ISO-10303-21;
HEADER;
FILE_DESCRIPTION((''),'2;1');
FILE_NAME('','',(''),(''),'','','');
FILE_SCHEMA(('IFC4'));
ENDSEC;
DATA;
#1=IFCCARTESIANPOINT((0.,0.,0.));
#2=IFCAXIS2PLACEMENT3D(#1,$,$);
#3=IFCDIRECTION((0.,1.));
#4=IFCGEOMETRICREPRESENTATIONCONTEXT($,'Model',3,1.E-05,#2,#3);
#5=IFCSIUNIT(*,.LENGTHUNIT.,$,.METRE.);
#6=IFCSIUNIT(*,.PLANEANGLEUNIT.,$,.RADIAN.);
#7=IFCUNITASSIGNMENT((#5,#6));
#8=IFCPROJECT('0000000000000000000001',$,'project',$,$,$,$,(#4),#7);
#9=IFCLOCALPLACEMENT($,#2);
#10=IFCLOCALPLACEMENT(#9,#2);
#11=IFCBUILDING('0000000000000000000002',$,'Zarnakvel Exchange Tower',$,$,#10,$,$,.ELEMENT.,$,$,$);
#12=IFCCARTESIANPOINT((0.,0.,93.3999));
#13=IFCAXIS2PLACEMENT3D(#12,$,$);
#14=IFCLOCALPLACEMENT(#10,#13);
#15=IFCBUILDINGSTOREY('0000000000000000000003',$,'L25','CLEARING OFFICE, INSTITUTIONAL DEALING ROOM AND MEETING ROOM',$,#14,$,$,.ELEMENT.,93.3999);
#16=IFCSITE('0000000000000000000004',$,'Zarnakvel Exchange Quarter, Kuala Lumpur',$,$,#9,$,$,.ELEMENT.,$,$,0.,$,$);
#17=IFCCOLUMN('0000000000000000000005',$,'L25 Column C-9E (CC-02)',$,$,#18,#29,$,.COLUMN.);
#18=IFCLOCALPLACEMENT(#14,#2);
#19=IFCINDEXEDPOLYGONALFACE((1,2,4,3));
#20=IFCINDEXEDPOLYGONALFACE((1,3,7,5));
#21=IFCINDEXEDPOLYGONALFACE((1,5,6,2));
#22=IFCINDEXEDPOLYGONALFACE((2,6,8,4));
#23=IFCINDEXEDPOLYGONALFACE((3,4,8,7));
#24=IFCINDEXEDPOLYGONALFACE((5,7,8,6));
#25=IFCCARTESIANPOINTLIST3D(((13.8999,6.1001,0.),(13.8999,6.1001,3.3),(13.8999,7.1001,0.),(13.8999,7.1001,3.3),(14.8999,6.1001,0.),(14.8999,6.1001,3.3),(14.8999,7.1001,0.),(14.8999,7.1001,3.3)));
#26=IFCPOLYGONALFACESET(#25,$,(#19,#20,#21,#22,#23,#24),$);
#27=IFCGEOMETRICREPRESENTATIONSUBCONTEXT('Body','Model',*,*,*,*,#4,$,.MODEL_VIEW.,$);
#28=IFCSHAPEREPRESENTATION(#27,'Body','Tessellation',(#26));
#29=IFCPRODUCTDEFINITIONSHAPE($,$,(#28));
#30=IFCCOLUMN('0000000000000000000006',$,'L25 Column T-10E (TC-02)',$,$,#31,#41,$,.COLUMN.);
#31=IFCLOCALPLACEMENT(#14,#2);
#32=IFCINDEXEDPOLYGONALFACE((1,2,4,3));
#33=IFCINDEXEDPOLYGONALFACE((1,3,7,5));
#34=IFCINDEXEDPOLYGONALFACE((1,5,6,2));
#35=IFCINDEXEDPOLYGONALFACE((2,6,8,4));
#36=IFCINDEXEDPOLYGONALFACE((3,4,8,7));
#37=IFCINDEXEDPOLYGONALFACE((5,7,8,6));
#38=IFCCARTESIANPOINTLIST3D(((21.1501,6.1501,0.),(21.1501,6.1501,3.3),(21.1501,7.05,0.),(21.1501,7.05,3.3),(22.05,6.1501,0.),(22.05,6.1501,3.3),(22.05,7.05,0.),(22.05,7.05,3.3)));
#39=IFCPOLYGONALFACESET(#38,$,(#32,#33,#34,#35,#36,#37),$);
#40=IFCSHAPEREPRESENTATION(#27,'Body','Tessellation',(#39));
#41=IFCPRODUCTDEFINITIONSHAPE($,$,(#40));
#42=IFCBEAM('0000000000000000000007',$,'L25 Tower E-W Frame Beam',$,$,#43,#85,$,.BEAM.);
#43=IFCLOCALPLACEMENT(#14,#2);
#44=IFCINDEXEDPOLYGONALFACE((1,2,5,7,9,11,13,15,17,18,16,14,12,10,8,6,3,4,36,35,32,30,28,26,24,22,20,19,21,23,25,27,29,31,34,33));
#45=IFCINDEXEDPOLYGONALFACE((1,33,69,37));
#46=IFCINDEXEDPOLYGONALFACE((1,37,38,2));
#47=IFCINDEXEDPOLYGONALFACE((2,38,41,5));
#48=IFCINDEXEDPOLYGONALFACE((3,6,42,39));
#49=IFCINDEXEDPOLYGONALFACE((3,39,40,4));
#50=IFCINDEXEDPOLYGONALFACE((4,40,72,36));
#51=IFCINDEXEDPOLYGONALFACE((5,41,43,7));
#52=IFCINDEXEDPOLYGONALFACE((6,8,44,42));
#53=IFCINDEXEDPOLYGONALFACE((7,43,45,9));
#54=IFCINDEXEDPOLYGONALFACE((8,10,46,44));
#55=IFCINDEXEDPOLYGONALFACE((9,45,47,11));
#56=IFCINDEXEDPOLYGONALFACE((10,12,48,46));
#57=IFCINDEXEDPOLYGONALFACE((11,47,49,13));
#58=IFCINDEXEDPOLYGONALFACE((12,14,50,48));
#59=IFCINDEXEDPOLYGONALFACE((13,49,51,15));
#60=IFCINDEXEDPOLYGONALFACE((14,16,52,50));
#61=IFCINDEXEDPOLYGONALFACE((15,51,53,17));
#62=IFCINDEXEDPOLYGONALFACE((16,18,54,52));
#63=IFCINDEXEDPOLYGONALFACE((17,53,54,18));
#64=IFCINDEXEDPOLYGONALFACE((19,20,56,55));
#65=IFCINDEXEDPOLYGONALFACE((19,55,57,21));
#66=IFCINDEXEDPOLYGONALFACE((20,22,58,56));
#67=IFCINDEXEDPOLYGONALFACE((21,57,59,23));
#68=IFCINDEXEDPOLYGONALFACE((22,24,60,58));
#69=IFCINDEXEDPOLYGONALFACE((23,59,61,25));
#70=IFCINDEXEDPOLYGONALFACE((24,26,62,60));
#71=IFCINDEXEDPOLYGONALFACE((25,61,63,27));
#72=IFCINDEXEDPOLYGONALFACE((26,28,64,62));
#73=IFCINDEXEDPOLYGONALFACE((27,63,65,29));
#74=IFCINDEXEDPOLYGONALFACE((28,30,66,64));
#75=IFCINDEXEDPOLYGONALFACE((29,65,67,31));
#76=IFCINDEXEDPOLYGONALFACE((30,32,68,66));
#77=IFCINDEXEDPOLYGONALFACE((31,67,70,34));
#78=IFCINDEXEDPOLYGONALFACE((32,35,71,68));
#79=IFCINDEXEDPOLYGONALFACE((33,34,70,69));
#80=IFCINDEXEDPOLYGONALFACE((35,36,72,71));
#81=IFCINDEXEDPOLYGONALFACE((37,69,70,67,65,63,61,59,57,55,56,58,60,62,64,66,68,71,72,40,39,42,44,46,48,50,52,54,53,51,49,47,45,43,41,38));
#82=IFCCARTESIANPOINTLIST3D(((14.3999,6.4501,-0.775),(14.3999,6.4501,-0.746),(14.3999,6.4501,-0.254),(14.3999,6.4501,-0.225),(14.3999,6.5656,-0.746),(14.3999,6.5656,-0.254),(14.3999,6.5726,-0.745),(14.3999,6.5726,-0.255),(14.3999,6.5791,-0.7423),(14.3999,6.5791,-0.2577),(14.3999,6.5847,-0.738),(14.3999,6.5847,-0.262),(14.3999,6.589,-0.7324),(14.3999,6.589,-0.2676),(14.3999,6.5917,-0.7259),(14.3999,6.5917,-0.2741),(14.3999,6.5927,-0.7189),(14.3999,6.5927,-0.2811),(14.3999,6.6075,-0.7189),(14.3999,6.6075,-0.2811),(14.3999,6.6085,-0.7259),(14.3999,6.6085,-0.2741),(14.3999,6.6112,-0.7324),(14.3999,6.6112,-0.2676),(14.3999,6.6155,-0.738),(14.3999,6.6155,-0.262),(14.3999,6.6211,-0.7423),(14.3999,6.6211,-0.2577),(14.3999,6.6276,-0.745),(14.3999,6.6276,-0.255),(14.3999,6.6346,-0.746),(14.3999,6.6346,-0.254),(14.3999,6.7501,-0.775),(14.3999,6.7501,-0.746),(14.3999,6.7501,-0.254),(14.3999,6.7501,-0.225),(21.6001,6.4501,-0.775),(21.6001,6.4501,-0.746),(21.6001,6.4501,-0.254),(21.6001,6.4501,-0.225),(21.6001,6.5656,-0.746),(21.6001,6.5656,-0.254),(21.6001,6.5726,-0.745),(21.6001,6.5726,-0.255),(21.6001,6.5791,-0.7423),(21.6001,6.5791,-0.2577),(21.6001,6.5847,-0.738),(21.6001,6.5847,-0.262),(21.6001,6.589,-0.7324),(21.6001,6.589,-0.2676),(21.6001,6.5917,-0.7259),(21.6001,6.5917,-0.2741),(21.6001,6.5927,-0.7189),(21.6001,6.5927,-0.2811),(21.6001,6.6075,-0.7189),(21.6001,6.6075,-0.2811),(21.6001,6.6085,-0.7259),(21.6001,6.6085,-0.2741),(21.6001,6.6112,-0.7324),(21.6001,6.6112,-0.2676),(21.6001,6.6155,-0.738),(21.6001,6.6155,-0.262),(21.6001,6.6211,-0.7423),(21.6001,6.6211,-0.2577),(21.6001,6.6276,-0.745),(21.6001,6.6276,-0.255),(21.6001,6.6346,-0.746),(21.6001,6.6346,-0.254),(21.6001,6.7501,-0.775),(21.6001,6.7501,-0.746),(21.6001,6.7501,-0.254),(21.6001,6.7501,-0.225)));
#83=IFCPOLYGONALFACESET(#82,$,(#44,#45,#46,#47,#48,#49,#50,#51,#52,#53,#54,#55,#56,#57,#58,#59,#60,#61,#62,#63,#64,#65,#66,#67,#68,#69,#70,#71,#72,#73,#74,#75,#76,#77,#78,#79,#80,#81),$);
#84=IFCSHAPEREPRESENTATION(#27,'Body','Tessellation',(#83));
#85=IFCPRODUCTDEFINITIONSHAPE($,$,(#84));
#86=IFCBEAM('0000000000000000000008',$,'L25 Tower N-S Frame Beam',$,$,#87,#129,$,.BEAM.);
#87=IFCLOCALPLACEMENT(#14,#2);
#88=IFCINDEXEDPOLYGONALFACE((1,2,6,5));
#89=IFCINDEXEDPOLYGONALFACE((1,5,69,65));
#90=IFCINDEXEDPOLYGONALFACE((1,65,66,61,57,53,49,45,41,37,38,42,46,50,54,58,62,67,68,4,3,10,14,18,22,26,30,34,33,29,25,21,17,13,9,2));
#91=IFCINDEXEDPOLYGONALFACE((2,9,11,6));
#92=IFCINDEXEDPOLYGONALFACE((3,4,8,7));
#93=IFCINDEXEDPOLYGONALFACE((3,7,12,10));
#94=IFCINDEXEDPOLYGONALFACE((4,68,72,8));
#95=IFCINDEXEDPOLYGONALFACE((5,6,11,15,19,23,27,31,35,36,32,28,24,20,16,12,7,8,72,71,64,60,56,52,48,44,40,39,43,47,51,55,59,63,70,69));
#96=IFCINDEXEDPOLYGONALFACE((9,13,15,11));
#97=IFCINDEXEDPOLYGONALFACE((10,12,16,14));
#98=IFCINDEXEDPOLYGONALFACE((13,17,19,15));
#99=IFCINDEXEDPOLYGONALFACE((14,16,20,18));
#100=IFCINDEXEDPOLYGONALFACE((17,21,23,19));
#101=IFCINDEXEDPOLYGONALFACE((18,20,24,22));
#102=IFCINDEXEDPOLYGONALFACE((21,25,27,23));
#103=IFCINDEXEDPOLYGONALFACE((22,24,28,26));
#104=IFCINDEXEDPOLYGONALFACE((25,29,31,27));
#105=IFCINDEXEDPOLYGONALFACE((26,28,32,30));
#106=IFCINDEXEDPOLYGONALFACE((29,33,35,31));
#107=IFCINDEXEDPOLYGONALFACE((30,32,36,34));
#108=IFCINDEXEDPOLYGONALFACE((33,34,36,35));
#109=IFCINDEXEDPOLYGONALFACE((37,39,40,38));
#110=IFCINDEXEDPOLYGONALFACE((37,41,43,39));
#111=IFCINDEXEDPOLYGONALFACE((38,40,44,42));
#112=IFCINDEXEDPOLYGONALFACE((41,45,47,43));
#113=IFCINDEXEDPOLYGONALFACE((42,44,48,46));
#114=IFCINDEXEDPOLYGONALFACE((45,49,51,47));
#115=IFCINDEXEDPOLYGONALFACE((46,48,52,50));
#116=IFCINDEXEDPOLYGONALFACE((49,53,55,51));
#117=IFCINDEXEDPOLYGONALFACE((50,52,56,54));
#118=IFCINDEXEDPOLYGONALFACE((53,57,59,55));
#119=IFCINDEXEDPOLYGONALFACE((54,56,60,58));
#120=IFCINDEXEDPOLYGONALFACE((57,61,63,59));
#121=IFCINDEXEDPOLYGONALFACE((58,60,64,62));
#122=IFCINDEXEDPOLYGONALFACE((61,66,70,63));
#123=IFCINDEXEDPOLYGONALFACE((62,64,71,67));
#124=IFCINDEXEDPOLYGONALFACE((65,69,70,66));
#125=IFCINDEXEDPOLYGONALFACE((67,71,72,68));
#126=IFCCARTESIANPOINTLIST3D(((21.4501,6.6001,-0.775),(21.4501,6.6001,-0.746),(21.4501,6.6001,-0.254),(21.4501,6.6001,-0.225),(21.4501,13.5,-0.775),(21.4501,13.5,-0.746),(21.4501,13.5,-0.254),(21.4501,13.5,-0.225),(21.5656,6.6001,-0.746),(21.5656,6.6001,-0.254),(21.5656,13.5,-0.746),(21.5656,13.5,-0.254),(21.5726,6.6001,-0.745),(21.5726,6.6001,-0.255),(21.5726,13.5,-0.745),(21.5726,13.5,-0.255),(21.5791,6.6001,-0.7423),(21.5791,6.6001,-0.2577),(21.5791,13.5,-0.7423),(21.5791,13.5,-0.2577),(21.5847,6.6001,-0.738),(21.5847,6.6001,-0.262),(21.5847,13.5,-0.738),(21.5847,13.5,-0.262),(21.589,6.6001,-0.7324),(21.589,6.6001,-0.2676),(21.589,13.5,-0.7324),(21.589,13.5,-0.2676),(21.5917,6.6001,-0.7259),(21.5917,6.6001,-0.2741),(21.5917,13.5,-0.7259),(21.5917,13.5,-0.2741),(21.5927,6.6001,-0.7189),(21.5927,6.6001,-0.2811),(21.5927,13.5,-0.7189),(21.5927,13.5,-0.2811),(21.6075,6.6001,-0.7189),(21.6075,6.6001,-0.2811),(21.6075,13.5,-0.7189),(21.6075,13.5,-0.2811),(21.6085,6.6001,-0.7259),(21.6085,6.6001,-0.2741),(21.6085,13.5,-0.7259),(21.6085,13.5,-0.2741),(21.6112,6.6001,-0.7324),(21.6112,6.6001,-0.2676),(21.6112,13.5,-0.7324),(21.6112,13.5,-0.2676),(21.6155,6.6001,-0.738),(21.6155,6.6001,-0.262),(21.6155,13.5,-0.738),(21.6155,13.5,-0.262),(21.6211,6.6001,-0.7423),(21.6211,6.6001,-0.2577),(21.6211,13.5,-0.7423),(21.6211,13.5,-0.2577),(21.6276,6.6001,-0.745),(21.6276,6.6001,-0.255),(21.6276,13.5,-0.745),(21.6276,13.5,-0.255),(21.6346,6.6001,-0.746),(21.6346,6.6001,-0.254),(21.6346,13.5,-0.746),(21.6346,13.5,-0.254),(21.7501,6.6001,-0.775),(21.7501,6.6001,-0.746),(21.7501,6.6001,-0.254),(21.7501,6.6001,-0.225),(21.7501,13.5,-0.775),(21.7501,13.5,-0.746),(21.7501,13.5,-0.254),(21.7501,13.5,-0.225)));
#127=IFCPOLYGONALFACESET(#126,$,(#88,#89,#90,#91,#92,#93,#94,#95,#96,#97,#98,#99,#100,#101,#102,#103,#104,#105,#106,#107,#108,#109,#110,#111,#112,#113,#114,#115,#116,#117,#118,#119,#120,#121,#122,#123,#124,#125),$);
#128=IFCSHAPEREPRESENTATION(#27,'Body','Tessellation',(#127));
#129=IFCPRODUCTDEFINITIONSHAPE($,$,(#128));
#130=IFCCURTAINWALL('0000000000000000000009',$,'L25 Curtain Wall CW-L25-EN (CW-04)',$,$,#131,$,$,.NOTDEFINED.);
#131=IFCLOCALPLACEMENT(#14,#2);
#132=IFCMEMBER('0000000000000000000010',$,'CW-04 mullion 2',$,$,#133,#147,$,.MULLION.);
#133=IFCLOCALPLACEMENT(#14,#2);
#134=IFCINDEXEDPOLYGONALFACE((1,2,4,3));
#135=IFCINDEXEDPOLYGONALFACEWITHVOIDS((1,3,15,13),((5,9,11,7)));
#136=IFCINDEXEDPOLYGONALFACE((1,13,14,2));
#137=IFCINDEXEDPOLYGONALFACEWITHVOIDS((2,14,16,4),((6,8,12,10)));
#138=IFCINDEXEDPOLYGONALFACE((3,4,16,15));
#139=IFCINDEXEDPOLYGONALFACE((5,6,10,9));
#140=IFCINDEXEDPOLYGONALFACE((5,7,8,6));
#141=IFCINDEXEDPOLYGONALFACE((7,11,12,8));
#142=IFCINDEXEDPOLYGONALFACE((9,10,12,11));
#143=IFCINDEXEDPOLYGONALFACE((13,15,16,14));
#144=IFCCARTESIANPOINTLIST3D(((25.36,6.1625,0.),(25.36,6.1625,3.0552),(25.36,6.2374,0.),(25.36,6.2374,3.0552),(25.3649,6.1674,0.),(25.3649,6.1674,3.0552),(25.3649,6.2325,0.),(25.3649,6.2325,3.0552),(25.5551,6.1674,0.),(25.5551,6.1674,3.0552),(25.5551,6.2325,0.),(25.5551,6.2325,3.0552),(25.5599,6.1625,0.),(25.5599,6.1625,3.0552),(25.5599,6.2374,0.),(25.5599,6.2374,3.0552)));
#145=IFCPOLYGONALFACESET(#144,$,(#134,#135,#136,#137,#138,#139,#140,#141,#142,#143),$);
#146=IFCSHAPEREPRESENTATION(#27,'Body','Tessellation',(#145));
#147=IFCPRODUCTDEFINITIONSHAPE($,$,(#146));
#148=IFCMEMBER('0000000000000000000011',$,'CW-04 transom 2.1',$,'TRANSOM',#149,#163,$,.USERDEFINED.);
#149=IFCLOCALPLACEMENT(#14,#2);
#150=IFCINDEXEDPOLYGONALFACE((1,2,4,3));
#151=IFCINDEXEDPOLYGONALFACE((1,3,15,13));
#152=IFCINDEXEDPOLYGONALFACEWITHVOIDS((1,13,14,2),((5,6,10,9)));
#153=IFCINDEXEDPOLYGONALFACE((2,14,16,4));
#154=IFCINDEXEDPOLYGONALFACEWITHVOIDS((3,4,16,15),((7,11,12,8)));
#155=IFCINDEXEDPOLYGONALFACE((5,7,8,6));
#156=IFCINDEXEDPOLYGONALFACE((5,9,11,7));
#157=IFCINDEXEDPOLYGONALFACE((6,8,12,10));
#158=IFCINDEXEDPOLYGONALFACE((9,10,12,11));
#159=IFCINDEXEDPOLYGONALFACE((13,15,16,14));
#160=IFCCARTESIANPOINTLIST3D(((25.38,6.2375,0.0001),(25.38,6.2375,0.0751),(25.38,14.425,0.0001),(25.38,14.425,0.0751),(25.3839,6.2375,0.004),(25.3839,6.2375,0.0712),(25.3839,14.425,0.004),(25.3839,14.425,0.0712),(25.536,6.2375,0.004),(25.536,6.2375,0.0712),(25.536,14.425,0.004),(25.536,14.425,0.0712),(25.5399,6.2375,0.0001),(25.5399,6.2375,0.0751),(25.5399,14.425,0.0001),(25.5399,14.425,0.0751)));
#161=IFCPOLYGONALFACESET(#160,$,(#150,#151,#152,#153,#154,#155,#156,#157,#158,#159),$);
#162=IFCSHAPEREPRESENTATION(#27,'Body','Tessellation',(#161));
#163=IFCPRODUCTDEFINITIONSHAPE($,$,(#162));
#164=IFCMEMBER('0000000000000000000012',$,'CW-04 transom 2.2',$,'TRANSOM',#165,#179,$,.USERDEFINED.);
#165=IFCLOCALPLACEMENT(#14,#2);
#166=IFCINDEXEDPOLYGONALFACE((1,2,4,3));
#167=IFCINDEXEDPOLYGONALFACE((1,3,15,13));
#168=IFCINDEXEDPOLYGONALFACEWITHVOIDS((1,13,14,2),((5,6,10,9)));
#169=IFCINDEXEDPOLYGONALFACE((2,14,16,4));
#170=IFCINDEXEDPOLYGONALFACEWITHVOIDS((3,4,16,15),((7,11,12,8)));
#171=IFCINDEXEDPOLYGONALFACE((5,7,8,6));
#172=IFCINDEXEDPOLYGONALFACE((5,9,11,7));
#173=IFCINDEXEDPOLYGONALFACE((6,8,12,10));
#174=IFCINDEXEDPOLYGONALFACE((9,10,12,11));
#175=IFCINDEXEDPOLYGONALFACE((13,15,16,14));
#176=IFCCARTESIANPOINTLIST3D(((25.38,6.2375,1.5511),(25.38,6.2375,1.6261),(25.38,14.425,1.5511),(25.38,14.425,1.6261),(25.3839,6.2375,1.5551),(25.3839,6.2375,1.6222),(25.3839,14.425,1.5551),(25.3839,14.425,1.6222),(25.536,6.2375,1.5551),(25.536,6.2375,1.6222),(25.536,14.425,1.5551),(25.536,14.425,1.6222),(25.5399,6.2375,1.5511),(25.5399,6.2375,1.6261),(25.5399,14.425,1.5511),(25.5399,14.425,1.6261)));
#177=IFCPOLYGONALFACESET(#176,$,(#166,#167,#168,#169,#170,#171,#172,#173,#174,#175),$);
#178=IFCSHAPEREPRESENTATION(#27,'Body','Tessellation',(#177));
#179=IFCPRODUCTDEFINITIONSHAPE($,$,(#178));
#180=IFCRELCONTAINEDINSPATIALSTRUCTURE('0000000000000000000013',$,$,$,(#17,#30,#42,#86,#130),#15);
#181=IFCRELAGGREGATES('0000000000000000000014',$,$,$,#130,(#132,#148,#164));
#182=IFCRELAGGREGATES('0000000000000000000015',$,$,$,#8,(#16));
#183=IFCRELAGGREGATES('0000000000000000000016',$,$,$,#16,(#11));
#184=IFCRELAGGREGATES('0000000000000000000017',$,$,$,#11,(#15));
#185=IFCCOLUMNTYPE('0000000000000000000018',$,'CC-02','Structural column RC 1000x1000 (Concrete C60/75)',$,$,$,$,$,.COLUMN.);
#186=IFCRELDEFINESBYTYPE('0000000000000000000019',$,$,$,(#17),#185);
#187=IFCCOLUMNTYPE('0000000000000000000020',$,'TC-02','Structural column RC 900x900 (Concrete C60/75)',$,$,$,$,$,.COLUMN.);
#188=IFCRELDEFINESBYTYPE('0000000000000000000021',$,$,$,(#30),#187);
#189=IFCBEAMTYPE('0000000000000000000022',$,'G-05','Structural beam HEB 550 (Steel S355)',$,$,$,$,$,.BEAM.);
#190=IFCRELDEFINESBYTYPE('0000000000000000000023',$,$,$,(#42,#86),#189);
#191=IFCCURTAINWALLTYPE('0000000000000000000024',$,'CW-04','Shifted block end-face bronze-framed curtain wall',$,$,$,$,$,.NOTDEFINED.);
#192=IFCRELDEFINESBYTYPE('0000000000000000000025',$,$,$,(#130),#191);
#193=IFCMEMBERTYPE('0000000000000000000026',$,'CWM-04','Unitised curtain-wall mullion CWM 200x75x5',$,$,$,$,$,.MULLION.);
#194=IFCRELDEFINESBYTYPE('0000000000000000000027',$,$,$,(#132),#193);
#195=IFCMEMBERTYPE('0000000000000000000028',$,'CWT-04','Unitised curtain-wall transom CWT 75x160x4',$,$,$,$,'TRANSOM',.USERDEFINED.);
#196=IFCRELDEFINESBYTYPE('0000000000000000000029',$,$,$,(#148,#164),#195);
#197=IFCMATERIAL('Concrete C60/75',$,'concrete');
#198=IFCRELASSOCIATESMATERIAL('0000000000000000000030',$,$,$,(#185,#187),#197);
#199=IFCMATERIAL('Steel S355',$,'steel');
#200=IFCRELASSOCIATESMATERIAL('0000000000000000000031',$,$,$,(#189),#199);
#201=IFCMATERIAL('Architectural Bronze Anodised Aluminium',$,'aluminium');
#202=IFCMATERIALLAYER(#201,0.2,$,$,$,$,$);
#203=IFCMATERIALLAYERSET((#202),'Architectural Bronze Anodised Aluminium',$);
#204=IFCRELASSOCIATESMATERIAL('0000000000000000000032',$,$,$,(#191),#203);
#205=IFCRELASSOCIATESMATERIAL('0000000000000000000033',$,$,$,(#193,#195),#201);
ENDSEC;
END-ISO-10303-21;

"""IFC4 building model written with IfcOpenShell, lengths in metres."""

from ifc_helpers import new_model, si_unit, direction, frame, origin, origin_2d, place, context, subcontext, project, spatial, rectangle, hollow_rectangle, i_section, extrude, source, transform, mapped, material, layer, layer_set, material_profile, profile_set, type_object, element, aggregate, save


model = new_model("IFC4")

# Units and contexts
model_context = context("Model", 3, precision=1e-05, world=origin(), true_north=direction((0.0, 1.0)))
body_context = subcontext(model_context, "Body", "Model", "MODEL_VIEW")
ifc_project = project(units=[si_unit("LENGTHUNIT", "METRE"), si_unit("PLANEANGLEUNIT", "RADIAN")], contexts=[model_context])

# Site, building, storey
site_placement = place(None, origin())
site = spatial("IfcSite", under=ifc_project, at=site_placement, Name="Zarnakvel Exchange Quarter, Kuala Lumpur", CompositionType="ELEMENT", RefElevation=0.0)
building_placement = place(site_placement, origin())
building = spatial("IfcBuilding", under=site, at=building_placement, Name="Zarnakvel Exchange Tower", CompositionType="ELEMENT")
storey_placement = place(building_placement, frame((0.0, 0.0, 93.3999)))
storey = spatial("IfcBuildingStorey", under=building, at=storey_placement, Name="L25", Description="CLEARING OFFICE, INSTITUTIONAL DEALING ROOM AND MEETING ROOM", CompositionType="ELEMENT", Elevation=93.3999)

# Columns
ifc_material_1 = material(Name="Concrete C60/75", Category="concrete")
ifc_material_profile_1 = material_profile(ifc_material_1, rectangle(XDim=1.0, YDim=1.0, at=origin_2d()))
ifc_profile_set_1 = profile_set([ifc_material_profile_1], Name="Concrete C60/75")
column_type_1 = type_object("IfcColumnType", Name="CC-02", Description="Structural column RC 1000x1000 (Concrete C60/75)", PredefinedType="COLUMN", material=ifc_profile_set_1)
column_1_placement = place(storey_placement, frame((14.3999, 6.6001, 0.0), z_axis=(0.0, 0.0, 1.0), x_axis=(1.0, 0.0, 0.0)))
element("IfcColumn", 1, at=column_1_placement, inside=storey, type_object=column_type_1, Name="L25 Column C-9E (CC-02)", PredefinedType="COLUMN", context=body_context, shape_type="SweptSolid", body=[
    extrude(rectangle(XDim=1.0, YDim=1.0, at=origin_2d()), origin(), (0.0, 0.0, 1.0), 3.3),
])
ifc_material_profile_2 = material_profile(ifc_material_1, rectangle(XDim=0.8999, YDim=0.8999, at=origin_2d()))
ifc_profile_set_2 = profile_set([ifc_material_profile_2], Name="Concrete C60/75")
column_type_2 = type_object("IfcColumnType", Name="TC-02", Description="Structural column RC 900x900 (Concrete C60/75)", PredefinedType="COLUMN", material=ifc_profile_set_2)
column_2_placement = place(storey_placement, frame((21.6001, 6.6001, 0.0), z_axis=(0.0, 0.0, 1.0), x_axis=(1.0, 0.0, 0.0)))
element("IfcColumn", 2, at=column_2_placement, inside=storey, type_object=column_type_2, Name="L25 Column T-10E (TC-02)", PredefinedType="COLUMN", context=body_context, shape_type="SweptSolid", body=[
    extrude(rectangle(XDim=0.8999, YDim=0.8999, at=origin_2d()), origin(), (0.0, 0.0, 1.0), 3.3),
])

# Beams
ifc_material_2 = material(Name="Steel S355", Category="steel")
ifc_material_profile_3 = material_profile(ifc_material_2, i_section(OverallWidth=0.3, OverallDepth=0.55, WebThickness=0.0149, FlangeThickness=0.0291, FilletRadius=0.0271, at=origin_2d()))
ifc_profile_set_3 = profile_set([ifc_material_profile_3], Name="Steel S355")
beam_type = type_object("IfcBeamType", Name="G-05", Description="Structural beam HEB 550 (Steel S355)", PredefinedType="BEAM", material=ifc_profile_set_3)
beam_1_placement = place(storey_placement, frame((14.3999, 6.6001, -0.5), z_axis=(1.0, 0.0, 0.0), x_axis=(0.0, 1.0, 0.0)))
element("IfcBeam", 3, at=beam_1_placement, inside=storey, type_object=beam_type, Name="L25 Tower E-W Frame Beam", PredefinedType="BEAM", context=body_context, shape_type="SweptSolid", body=[
    extrude(i_section(OverallWidth=0.3, OverallDepth=0.55, WebThickness=0.0149, FlangeThickness=0.0291, FilletRadius=0.0271, at=origin_2d()), origin(), (0.0, 0.0, 1.0), 7.2002),
])
beam_2_placement = place(storey_placement, frame((21.6001, 6.6001, -0.5), z_axis=(0.0, 1.0, 0.0), x_axis=(-1.0, 0.0, 0.0)))
element("IfcBeam", 4, at=beam_2_placement, inside=storey, type_object=beam_type, Name="L25 Tower N-S Frame Beam", PredefinedType="BEAM", context=body_context, shape_type="SweptSolid", body=[
    extrude(i_section(OverallWidth=0.3, OverallDepth=0.55, WebThickness=0.0149, FlangeThickness=0.0291, FilletRadius=0.0271, at=origin_2d()), origin(), (0.0, 0.0, 1.0), 6.8999),
])

# Curtain wall, members
ifc_material_3 = material(Name="Architectural Bronze Anodised Aluminium", Category="aluminium")
ifc_layer_1 = layer(ifc_material_3, 0.2)
ifc_layer_set_1 = layer_set([ifc_layer_1], Name="Architectural Bronze Anodised Aluminium")
curtain_wall_type = type_object("IfcCurtainWallType", Name="CW-04", Description="Shifted block end-face bronze-framed curtain wall", PredefinedType="NOTDEFINED", material=ifc_layer_set_1)
curtain_wall_placement = place(storey_placement, origin())
curtain_wall = element("IfcCurtainWall", 5, at=curtain_wall_placement, inside=storey, type_object=curtain_wall_type, Name="L25 Curtain Wall CW-L25-EN (CW-04)", PredefinedType="NOTDEFINED")
ifc_material_profile_4 = material_profile(ifc_material_3, hollow_rectangle(XDim=0.2, YDim=0.075, WallThickness=0.0049, at=origin_2d()))
ifc_profile_set_4 = profile_set([ifc_material_profile_4], Name="Architectural Bronze Anodised Aluminium")
member_type_1 = type_object("IfcMemberType", Name="CWM-04", Description="Unitised curtain-wall mullion CWM 200x75x5", PredefinedType="MULLION", material=ifc_profile_set_4)
shared_shape_1 = source(origin(), body_context, "Body", "SweptSolid", [
    extrude(hollow_rectangle(XDim=0.2, YDim=0.075, WallThickness=0.0049, at=origin_2d()), origin(), (0.0, 0.0, 1.0), 3.0552),
])
member_1_placement = place(storey_placement, frame((25.46, 6.2, 0.0), z_axis=(0.0, 0.0, 1.0), x_axis=(-1.0, 0.0, 0.0)))
member_1 = element("IfcMember", 6, at=member_1_placement, type_object=member_type_1, Name="CW-04 mullion 2", PredefinedType="MULLION", context=body_context, shape_type="MappedRepresentation", body=[
    mapped(shared_shape_1, transform((0.0, 0.0, 0.0), x_axis=(1.0, 0.0, 0.0), y_axis=(0.0, 1.0, 0.0), z_axis=(0.0, 0.0, 1.0), scale=1.0)),
])
ifc_material_profile_5 = material_profile(ifc_material_3, hollow_rectangle(XDim=0.1599, YDim=0.075, WallThickness=0.0039, at=origin_2d()))
ifc_profile_set_5 = profile_set([ifc_material_profile_5], Name="Architectural Bronze Anodised Aluminium")
member_type_2 = type_object("IfcMemberType", Name="CWT-04", Description="Unitised curtain-wall transom CWT 75x160x4", ElementType="TRANSOM", PredefinedType="USERDEFINED", material=ifc_profile_set_5)
shared_shape_2 = source(origin(), body_context, "Body", "SweptSolid", [
    extrude(hollow_rectangle(XDim=0.1599, YDim=0.075, WallThickness=0.0039, at=origin_2d()), origin(), (0.0, 0.0, 1.0), 8.1875),
])
member_2_placement = place(storey_placement, frame((25.46, 6.2375, 0.0376), z_axis=(0.0, 1.0, 0.0), x_axis=(-1.0, 0.0, 0.0)))
member_2 = element("IfcMember", 7, at=member_2_placement, type_object=member_type_2, Name="CW-04 transom 2.1", ObjectType="TRANSOM", PredefinedType="USERDEFINED", context=body_context, shape_type="MappedRepresentation", body=[
    mapped(shared_shape_2, transform((0.0, 0.0, 0.0), x_axis=(1.0, 0.0, 0.0), y_axis=(0.0, 1.0, 0.0), z_axis=(0.0, 0.0, 1.0), scale=1.0)),
])
member_3_placement = place(storey_placement, frame((25.46, 6.2375, 1.5886), z_axis=(0.0, 1.0, 0.0), x_axis=(-1.0, 0.0, 0.0)))
member_3 = element("IfcMember", 8, at=member_3_placement, type_object=member_type_2, Name="CW-04 transom 2.2", ObjectType="TRANSOM", PredefinedType="USERDEFINED", context=body_context, shape_type="MappedRepresentation", body=[
    mapped(shared_shape_2, transform((0.0, 0.0, 0.0), x_axis=(1.0, 0.0, 0.0), y_axis=(0.0, 1.0, 0.0), z_axis=(0.0, 0.0, 1.0), scale=1.0)),
])
aggregate(curtain_wall, [member_1, member_2, member_3])

save(model, "model.ifc")
